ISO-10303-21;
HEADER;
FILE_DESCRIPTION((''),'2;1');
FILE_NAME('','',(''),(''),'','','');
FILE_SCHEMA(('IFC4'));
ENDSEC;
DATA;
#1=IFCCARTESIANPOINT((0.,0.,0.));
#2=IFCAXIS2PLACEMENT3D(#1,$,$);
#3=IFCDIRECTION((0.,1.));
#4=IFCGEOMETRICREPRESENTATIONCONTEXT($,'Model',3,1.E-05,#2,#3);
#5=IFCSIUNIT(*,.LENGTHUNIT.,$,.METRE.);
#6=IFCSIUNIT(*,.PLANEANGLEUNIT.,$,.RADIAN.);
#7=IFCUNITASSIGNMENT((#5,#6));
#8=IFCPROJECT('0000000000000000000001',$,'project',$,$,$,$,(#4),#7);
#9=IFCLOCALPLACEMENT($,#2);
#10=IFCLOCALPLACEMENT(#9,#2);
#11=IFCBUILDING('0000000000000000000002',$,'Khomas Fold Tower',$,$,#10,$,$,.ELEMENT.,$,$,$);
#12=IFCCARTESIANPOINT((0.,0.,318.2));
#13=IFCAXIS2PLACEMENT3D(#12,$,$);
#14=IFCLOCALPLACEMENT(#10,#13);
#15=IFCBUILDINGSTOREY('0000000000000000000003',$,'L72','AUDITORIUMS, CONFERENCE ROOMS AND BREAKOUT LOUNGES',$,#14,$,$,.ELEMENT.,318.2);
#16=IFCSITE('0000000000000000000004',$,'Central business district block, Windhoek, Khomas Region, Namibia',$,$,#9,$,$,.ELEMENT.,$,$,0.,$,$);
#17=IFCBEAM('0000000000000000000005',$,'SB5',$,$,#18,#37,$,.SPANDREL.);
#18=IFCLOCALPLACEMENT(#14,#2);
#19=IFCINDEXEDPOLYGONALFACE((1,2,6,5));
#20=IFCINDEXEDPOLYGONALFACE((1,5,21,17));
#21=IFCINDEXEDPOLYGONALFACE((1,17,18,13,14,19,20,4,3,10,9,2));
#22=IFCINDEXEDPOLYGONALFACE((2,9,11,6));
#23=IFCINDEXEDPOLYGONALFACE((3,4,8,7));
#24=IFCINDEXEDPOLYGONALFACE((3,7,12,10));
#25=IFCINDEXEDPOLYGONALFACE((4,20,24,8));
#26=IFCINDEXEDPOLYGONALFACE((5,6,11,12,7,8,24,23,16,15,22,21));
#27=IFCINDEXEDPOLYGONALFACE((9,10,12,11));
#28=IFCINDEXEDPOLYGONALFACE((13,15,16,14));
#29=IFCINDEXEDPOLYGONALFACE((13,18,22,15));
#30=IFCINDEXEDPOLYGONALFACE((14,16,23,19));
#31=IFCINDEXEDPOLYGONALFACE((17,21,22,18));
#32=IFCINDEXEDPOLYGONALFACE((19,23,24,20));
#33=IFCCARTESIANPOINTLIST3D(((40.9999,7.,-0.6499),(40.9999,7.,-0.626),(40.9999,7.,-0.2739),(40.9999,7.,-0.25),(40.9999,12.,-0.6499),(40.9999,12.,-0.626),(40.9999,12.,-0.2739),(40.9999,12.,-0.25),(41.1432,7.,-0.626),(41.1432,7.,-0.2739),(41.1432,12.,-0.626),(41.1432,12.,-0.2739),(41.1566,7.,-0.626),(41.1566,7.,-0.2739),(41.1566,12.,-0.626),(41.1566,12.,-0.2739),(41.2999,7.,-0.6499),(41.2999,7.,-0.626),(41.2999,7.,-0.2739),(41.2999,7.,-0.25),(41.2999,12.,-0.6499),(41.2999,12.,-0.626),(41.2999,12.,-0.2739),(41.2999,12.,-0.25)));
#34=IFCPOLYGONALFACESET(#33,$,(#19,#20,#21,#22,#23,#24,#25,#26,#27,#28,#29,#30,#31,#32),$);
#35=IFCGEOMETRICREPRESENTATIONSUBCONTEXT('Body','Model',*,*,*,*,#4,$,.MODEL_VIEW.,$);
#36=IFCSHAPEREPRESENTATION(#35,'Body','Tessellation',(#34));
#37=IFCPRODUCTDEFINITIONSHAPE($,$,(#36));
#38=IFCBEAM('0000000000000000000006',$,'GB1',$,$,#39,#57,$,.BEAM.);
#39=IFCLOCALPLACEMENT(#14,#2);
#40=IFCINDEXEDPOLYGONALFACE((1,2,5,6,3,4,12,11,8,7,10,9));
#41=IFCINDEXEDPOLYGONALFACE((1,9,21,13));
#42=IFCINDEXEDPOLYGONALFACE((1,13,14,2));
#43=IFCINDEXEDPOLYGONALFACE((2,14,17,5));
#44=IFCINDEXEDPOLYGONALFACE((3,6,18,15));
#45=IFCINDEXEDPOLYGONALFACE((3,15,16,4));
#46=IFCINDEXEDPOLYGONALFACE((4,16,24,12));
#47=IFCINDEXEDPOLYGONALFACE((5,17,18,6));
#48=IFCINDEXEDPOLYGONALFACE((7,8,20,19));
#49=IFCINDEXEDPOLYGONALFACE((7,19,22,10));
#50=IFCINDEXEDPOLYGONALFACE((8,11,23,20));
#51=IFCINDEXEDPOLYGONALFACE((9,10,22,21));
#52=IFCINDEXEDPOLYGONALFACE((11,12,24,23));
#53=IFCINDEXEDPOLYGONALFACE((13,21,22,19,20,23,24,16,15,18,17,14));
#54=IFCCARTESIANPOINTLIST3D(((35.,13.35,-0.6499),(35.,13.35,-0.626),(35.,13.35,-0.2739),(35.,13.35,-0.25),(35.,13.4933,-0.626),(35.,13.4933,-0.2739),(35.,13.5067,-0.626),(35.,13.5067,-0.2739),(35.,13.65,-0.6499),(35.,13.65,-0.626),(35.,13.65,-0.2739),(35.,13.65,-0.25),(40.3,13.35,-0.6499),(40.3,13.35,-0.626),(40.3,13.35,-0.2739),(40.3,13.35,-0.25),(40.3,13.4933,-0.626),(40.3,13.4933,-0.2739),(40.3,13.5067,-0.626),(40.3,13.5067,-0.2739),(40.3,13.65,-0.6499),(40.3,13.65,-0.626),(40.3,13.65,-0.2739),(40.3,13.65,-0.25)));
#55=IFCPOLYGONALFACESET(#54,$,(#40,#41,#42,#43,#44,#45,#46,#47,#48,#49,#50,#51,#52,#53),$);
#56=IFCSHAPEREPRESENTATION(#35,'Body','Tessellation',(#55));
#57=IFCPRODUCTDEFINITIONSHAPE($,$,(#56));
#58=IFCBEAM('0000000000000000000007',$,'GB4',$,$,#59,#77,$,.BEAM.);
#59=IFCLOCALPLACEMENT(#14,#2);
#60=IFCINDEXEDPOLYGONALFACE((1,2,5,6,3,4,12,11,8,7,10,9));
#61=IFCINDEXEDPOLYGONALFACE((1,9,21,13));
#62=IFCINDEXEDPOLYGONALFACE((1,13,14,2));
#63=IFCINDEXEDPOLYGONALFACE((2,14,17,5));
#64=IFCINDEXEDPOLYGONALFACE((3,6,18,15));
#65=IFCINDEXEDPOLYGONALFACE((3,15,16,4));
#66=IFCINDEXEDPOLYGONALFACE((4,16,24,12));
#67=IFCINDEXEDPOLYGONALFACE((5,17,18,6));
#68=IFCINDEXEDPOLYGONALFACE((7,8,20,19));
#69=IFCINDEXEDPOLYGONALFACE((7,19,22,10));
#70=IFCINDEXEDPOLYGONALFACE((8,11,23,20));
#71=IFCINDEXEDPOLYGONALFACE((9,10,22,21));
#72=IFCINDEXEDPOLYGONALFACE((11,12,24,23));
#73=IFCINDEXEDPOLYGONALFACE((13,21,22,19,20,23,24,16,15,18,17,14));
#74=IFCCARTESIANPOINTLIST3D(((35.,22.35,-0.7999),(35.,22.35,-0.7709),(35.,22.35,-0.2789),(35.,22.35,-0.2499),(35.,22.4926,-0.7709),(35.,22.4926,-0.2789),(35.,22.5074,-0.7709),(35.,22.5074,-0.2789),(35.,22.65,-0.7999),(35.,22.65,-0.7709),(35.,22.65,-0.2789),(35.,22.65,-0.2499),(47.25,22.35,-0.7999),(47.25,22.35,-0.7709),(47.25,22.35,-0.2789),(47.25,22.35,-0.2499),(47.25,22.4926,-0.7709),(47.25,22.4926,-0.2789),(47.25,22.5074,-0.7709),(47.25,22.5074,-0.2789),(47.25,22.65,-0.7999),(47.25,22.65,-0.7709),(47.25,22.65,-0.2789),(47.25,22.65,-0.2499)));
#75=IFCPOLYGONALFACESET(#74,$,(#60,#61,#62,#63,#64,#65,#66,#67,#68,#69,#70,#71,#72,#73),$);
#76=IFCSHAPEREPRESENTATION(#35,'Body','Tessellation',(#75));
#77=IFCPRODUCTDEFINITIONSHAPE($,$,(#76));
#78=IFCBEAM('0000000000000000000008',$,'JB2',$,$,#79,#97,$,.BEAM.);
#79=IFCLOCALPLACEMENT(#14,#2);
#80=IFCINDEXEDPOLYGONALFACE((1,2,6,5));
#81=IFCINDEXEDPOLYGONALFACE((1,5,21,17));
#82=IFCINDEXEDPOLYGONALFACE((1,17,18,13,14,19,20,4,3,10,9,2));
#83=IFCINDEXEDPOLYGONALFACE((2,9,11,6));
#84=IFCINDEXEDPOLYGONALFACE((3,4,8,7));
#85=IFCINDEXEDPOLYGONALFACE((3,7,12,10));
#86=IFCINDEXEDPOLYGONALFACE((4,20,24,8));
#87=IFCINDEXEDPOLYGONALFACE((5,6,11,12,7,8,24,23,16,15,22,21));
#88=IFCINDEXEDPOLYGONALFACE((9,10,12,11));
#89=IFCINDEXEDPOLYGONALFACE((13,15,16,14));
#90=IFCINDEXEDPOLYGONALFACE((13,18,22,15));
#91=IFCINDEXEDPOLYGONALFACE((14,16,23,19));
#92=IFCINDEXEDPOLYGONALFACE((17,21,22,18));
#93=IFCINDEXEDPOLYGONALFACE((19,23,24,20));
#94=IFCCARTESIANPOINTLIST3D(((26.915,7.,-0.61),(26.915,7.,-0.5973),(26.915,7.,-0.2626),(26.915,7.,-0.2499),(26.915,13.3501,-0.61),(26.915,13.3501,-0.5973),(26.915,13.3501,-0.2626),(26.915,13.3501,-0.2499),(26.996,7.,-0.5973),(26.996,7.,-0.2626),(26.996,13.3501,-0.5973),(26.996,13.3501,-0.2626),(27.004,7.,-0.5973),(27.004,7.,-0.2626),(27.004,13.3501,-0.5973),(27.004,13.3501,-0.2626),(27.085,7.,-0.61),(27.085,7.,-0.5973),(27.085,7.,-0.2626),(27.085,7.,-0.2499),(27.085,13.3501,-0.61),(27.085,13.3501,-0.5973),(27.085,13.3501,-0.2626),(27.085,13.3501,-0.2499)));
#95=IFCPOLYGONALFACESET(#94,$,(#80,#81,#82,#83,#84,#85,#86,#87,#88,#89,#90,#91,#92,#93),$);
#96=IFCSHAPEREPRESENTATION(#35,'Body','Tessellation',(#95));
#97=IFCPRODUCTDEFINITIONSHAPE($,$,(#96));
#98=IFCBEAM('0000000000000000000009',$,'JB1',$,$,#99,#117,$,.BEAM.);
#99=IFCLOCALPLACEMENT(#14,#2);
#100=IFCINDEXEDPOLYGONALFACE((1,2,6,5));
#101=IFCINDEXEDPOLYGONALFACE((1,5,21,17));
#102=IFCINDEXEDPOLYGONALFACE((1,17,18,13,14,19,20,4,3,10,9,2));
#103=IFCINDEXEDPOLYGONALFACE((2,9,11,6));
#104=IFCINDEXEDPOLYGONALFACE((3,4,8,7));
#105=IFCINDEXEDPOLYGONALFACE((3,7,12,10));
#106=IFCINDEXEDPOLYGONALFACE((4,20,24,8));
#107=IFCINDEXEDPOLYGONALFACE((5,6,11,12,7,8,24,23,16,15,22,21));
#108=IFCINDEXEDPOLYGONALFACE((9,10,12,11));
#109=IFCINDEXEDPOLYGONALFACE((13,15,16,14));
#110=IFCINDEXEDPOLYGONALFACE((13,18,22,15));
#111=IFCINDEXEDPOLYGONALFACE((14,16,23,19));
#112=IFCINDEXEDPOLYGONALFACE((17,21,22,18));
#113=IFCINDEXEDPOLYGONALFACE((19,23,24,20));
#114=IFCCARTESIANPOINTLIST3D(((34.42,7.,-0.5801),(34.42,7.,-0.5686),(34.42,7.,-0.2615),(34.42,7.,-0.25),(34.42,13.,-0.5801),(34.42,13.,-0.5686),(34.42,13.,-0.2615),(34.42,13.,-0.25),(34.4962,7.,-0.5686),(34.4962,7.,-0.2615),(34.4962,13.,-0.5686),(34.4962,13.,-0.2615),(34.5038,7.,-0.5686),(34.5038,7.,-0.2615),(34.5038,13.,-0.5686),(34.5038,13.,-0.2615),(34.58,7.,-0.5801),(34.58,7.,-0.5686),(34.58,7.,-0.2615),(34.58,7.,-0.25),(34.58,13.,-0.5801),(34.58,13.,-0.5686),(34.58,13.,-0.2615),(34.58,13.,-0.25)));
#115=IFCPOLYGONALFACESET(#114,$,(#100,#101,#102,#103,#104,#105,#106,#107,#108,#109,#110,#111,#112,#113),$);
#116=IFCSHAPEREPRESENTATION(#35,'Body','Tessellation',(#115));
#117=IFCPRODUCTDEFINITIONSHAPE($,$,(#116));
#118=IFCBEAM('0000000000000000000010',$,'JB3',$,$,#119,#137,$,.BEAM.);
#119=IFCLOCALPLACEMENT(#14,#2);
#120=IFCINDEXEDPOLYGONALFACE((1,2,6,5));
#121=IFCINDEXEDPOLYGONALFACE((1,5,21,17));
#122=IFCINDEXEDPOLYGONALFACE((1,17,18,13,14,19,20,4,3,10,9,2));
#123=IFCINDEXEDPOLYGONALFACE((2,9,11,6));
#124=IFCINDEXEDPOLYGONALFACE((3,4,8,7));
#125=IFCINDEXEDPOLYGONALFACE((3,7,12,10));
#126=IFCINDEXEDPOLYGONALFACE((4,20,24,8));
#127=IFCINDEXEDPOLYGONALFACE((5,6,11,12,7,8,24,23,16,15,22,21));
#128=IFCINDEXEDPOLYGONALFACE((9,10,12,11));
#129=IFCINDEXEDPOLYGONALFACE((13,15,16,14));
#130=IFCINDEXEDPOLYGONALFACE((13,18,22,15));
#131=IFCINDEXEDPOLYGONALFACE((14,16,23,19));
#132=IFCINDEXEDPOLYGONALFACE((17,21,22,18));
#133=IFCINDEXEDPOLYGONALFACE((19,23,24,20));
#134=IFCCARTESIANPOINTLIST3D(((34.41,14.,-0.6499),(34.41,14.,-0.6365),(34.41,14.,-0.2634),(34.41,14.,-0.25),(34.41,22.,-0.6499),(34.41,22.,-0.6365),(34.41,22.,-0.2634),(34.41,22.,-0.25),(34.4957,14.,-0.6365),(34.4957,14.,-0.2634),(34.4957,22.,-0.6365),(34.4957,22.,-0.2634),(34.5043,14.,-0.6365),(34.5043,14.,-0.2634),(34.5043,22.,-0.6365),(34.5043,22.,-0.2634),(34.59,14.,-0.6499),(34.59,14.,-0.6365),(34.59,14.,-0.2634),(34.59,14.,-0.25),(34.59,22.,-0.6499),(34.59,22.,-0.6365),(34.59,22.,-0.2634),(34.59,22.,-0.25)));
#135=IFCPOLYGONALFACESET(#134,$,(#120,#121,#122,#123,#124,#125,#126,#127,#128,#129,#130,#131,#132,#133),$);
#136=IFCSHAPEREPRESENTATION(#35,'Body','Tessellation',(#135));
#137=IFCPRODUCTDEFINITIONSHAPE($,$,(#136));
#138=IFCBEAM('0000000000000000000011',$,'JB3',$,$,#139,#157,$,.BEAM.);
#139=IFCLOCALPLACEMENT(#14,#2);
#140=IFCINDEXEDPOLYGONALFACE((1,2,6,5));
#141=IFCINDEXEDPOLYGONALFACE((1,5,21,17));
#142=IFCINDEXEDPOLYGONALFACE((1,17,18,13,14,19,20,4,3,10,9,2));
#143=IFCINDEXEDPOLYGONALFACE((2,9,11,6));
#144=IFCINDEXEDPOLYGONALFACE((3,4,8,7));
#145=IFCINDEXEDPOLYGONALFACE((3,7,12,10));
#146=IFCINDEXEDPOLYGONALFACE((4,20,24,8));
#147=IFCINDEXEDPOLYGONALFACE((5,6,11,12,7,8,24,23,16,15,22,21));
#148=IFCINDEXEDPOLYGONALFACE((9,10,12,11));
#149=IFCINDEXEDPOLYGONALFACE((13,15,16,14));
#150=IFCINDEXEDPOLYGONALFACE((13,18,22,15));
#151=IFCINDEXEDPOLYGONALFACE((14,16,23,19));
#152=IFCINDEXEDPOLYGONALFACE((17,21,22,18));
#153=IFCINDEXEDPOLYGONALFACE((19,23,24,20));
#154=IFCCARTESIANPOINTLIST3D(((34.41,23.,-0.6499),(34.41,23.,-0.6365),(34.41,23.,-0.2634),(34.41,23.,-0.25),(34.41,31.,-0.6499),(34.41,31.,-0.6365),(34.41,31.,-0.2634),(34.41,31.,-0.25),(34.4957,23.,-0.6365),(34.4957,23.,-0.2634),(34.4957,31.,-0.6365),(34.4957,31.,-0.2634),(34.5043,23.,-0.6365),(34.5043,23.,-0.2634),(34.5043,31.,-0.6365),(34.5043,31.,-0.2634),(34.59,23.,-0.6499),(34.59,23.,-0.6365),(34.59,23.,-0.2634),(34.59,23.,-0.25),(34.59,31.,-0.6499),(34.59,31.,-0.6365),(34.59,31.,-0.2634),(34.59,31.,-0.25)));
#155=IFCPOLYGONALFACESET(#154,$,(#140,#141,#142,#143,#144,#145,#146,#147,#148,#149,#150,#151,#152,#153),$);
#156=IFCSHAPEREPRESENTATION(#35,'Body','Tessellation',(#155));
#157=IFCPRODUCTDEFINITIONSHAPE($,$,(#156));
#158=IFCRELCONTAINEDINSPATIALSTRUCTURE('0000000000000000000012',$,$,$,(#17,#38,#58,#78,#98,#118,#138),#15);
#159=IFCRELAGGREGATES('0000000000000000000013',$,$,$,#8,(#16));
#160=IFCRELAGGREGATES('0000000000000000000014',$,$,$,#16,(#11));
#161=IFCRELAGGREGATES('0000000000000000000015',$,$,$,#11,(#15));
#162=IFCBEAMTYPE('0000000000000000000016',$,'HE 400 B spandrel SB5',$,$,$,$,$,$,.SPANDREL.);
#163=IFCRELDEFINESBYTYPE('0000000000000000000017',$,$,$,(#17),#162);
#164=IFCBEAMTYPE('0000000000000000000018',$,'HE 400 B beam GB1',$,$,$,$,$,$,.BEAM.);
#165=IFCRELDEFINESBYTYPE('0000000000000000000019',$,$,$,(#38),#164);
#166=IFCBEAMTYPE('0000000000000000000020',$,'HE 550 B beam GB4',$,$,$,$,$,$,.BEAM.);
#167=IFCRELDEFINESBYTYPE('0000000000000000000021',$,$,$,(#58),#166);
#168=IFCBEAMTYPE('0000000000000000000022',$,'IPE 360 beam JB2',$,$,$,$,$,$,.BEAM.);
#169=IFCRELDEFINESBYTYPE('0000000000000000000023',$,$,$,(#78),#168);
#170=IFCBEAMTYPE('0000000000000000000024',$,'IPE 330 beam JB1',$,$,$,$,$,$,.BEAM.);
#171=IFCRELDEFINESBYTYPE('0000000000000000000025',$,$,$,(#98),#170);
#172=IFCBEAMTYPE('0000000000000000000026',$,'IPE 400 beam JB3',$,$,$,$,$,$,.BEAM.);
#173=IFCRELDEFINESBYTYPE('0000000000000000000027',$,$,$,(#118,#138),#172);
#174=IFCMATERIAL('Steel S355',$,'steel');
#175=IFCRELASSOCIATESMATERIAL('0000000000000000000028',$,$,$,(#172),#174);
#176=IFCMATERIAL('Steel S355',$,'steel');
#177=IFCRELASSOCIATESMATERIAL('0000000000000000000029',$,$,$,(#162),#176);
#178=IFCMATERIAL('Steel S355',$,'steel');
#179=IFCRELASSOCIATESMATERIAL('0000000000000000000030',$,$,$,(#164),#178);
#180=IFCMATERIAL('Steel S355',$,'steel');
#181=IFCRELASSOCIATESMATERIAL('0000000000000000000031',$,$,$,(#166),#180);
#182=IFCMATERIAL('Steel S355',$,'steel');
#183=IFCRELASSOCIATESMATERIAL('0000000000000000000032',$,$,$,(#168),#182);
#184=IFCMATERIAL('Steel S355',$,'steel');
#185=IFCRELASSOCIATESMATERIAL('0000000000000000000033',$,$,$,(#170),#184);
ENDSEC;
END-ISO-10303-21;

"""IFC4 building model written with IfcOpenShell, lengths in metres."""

from ifc_helpers import new_model, si_unit, direction, frame, origin, origin_2d, place, context, subcontext, project, spatial, i_section, extrude, source, transform, mapped, material, material_profile, profile_set, type_object, element, save


model = new_model("IFC4")

# Units and contexts
model_context = context("Model", 3, precision=1e-05, world=origin(), true_north=direction((0.0, 1.0)))
body_context = subcontext(model_context, "Body", "Model", "MODEL_VIEW")
ifc_project = project(units=[si_unit("LENGTHUNIT", "METRE"), si_unit("PLANEANGLEUNIT", "RADIAN")], contexts=[model_context])

# Site, building, storey
site_placement = place(None, origin())
site = spatial("IfcSite", under=ifc_project, at=site_placement, Name="Central business district block, Windhoek, Khomas Region, Namibia", CompositionType="ELEMENT", RefElevation=0.0)
building_placement = place(site_placement, origin())
building = spatial("IfcBuilding", under=site, at=building_placement, Name="Khomas Fold Tower", CompositionType="ELEMENT")
storey_placement = place(building_placement, frame((0.0, 0.0, 318.2)))
storey = spatial("IfcBuildingStorey", under=building, at=storey_placement, Name="L72", Description="AUDITORIUMS, CONFERENCE ROOMS AND BREAKOUT LOUNGES", CompositionType="ELEMENT", Elevation=318.2)

# Beams
ifc_material_1 = material(Name="Steel S355", Category="steel")
ifc_material_profile_1 = material_profile(ifc_material_1, i_section(OverallWidth=0.1799, OverallDepth=0.3999, WebThickness=0.0085, FlangeThickness=0.0134, at=origin_2d()), Name="IPE 400")
ifc_profile_set_1 = profile_set([ifc_material_profile_1], Name="Steel S355")
beam_type_1 = type_object("IfcBeamType", Name="IPE 400 beam JB3", PredefinedType="BEAM", material=ifc_profile_set_1)
ifc_material_2 = material(Name="Steel S355", Category="steel")
ifc_material_profile_2 = material_profile(ifc_material_2, i_section(OverallWidth=0.3, OverallDepth=0.3999, WebThickness=0.0134, FlangeThickness=0.0239, at=origin_2d()), Name="HE 400 B")
ifc_profile_set_2 = profile_set([ifc_material_profile_2], Name="Steel S355")
beam_type_2 = type_object("IfcBeamType", Name="HE 400 B spandrel SB5", PredefinedType="SPANDREL", material=ifc_profile_set_2)
shared_shape_1 = source(origin(), body_context, "Body", "SweptSolid", [
    extrude(i_section(OverallWidth=0.3, OverallDepth=0.3999, WebThickness=0.0134, FlangeThickness=0.0239, at=origin_2d()), origin(), (0.0, 0.0, 1.0), 5.0),
])
beam_1_placement = place(storey_placement, frame((41.1499, 7.0, -0.45), z_axis=(0.0, 1.0, 0.0), x_axis=(-1.0, 0.0, 0.0)))
element("IfcBeam", 1, at=beam_1_placement, inside=storey, type_object=beam_type_2, Name="SB5", PredefinedType="SPANDREL", context=body_context, shape_type="MappedRepresentation", body=[
    mapped(shared_shape_1, transform((0.0, 0.0, 0.0))),
])
ifc_material_3 = material(Name="Steel S355", Category="steel")
ifc_material_profile_3 = material_profile(ifc_material_3, i_section(OverallWidth=0.3, OverallDepth=0.3999, WebThickness=0.0134, FlangeThickness=0.0239, at=origin_2d()), Name="HE 400 B")
ifc_profile_set_3 = profile_set([ifc_material_profile_3], Name="Steel S355")
beam_type_3 = type_object("IfcBeamType", Name="HE 400 B beam GB1", PredefinedType="BEAM", material=ifc_profile_set_3)
shared_shape_2 = source(origin(), body_context, "Body", "SweptSolid", [
    extrude(i_section(OverallWidth=0.3, OverallDepth=0.3999, WebThickness=0.0134, FlangeThickness=0.0239, at=origin_2d()), origin(), (0.0, 0.0, 1.0), 5.3),
])
beam_2_placement = place(storey_placement, frame((35.0, 13.5, -0.45), z_axis=(1.0, 0.0, 0.0), x_axis=(0.0, 1.0, 0.0)))
element("IfcBeam", 2, at=beam_2_placement, inside=storey, type_object=beam_type_3, Name="GB1", PredefinedType="BEAM", context=body_context, shape_type="MappedRepresentation", body=[
    mapped(shared_shape_2, transform((0.0, 0.0, 0.0))),
])
ifc_material_4 = material(Name="Steel S355", Category="steel")
ifc_material_profile_4 = material_profile(ifc_material_4, i_section(OverallWidth=0.3, OverallDepth=0.55, WebThickness=0.0149, FlangeThickness=0.0291, at=origin_2d()), Name="HE 550 B")
ifc_profile_set_4 = profile_set([ifc_material_profile_4], Name="Steel S355")
beam_type_4 = type_object("IfcBeamType", Name="HE 550 B beam GB4", PredefinedType="BEAM", material=ifc_profile_set_4)
shared_shape_3 = source(origin(), body_context, "Body", "SweptSolid", [
    extrude(i_section(OverallWidth=0.3, OverallDepth=0.55, WebThickness=0.0149, FlangeThickness=0.0291, at=origin_2d()), origin(), (0.0, 0.0, 1.0), 12.25),
])
beam_3_placement = place(storey_placement, frame((35.0, 22.5, -0.5249), z_axis=(1.0, 0.0, 0.0), x_axis=(0.0, 1.0, 0.0)))
element("IfcBeam", 3, at=beam_3_placement, inside=storey, type_object=beam_type_4, Name="GB4", PredefinedType="BEAM", context=body_context, shape_type="MappedRepresentation", body=[
    mapped(shared_shape_3, transform((0.0, 0.0, 0.0))),
])
ifc_material_5 = material(Name="Steel S355", Category="steel")
ifc_material_profile_5 = material_profile(ifc_material_5, i_section(OverallWidth=0.1699, OverallDepth=0.3601, WebThickness=0.0081, FlangeThickness=0.0127, at=origin_2d()), Name="IPE 360")
ifc_profile_set_5 = profile_set([ifc_material_profile_5], Name="Steel S355")
beam_type_5 = type_object("IfcBeamType", Name="IPE 360 beam JB2", PredefinedType="BEAM", material=ifc_profile_set_5)
shared_shape_4 = source(origin(), body_context, "Body", "SweptSolid", [
    extrude(i_section(OverallWidth=0.1699, OverallDepth=0.3601, WebThickness=0.0081, FlangeThickness=0.0127, at=origin_2d()), origin(), (0.0, 0.0, 1.0), 6.3501),
])
beam_4_placement = place(storey_placement, frame((27.0, 7.0, -0.4299), z_axis=(0.0, 1.0, 0.0), x_axis=(-1.0, 0.0, 0.0)))
element("IfcBeam", 4, at=beam_4_placement, inside=storey, type_object=beam_type_5, Name="JB2", PredefinedType="BEAM", context=body_context, shape_type="MappedRepresentation", body=[
    mapped(shared_shape_4, transform((0.0, 0.0, 0.0))),
])
ifc_material_6 = material(Name="Steel S355", Category="steel")
ifc_material_profile_6 = material_profile(ifc_material_6, i_section(OverallWidth=0.1599, OverallDepth=0.3301, WebThickness=0.0076, FlangeThickness=0.0115, at=origin_2d()), Name="IPE 330")
ifc_profile_set_6 = profile_set([ifc_material_profile_6], Name="Steel S355")
beam_type_6 = type_object("IfcBeamType", Name="IPE 330 beam JB1", PredefinedType="BEAM", material=ifc_profile_set_6)
shared_shape_5 = source(origin(), body_context, "Body", "SweptSolid", [
    extrude(i_section(OverallWidth=0.1599, OverallDepth=0.3301, WebThickness=0.0076, FlangeThickness=0.0115, at=origin_2d()), origin(), (0.0, 0.0, 1.0), 6.0),
])
beam_5_placement = place(storey_placement, frame((34.5, 7.0, -0.415), z_axis=(0.0, 1.0, 0.0), x_axis=(-1.0, 0.0, 0.0)))
element("IfcBeam", 5, at=beam_5_placement, inside=storey, type_object=beam_type_6, Name="JB1", PredefinedType="BEAM", context=body_context, shape_type="MappedRepresentation", body=[
    mapped(shared_shape_5, transform((0.0, 0.0, 0.0))),
])
shared_shape_6 = source(origin(), body_context, "Body", "SweptSolid", [
    extrude(i_section(OverallWidth=0.1799, OverallDepth=0.3999, WebThickness=0.0085, FlangeThickness=0.0134, at=origin_2d()), origin(), (0.0, 0.0, 1.0), 8.0),
])
for number, where, z_axis, x_axis, name in (
    (6, (34.5, 14.0, -0.45), (0.0, 1.0, 0.0), (-1.0, 0.0, 0.0), "JB3"),
    (7, (34.5, 23.0, -0.45), (0.0, 1.0, 0.0), (-1.0, 0.0, 0.0), "JB3"),
):
    element("IfcBeam", number, at=place(storey_placement, frame(where, z_axis=z_axis, x_axis=x_axis)), inside=storey, type_object=beam_type_1, Name=name, PredefinedType="BEAM", context=body_context, shape_type="MappedRepresentation", body=[
        mapped(shared_shape_6, transform((0.0, 0.0, 0.0))),
    ])

save(model, "model.ifc")
